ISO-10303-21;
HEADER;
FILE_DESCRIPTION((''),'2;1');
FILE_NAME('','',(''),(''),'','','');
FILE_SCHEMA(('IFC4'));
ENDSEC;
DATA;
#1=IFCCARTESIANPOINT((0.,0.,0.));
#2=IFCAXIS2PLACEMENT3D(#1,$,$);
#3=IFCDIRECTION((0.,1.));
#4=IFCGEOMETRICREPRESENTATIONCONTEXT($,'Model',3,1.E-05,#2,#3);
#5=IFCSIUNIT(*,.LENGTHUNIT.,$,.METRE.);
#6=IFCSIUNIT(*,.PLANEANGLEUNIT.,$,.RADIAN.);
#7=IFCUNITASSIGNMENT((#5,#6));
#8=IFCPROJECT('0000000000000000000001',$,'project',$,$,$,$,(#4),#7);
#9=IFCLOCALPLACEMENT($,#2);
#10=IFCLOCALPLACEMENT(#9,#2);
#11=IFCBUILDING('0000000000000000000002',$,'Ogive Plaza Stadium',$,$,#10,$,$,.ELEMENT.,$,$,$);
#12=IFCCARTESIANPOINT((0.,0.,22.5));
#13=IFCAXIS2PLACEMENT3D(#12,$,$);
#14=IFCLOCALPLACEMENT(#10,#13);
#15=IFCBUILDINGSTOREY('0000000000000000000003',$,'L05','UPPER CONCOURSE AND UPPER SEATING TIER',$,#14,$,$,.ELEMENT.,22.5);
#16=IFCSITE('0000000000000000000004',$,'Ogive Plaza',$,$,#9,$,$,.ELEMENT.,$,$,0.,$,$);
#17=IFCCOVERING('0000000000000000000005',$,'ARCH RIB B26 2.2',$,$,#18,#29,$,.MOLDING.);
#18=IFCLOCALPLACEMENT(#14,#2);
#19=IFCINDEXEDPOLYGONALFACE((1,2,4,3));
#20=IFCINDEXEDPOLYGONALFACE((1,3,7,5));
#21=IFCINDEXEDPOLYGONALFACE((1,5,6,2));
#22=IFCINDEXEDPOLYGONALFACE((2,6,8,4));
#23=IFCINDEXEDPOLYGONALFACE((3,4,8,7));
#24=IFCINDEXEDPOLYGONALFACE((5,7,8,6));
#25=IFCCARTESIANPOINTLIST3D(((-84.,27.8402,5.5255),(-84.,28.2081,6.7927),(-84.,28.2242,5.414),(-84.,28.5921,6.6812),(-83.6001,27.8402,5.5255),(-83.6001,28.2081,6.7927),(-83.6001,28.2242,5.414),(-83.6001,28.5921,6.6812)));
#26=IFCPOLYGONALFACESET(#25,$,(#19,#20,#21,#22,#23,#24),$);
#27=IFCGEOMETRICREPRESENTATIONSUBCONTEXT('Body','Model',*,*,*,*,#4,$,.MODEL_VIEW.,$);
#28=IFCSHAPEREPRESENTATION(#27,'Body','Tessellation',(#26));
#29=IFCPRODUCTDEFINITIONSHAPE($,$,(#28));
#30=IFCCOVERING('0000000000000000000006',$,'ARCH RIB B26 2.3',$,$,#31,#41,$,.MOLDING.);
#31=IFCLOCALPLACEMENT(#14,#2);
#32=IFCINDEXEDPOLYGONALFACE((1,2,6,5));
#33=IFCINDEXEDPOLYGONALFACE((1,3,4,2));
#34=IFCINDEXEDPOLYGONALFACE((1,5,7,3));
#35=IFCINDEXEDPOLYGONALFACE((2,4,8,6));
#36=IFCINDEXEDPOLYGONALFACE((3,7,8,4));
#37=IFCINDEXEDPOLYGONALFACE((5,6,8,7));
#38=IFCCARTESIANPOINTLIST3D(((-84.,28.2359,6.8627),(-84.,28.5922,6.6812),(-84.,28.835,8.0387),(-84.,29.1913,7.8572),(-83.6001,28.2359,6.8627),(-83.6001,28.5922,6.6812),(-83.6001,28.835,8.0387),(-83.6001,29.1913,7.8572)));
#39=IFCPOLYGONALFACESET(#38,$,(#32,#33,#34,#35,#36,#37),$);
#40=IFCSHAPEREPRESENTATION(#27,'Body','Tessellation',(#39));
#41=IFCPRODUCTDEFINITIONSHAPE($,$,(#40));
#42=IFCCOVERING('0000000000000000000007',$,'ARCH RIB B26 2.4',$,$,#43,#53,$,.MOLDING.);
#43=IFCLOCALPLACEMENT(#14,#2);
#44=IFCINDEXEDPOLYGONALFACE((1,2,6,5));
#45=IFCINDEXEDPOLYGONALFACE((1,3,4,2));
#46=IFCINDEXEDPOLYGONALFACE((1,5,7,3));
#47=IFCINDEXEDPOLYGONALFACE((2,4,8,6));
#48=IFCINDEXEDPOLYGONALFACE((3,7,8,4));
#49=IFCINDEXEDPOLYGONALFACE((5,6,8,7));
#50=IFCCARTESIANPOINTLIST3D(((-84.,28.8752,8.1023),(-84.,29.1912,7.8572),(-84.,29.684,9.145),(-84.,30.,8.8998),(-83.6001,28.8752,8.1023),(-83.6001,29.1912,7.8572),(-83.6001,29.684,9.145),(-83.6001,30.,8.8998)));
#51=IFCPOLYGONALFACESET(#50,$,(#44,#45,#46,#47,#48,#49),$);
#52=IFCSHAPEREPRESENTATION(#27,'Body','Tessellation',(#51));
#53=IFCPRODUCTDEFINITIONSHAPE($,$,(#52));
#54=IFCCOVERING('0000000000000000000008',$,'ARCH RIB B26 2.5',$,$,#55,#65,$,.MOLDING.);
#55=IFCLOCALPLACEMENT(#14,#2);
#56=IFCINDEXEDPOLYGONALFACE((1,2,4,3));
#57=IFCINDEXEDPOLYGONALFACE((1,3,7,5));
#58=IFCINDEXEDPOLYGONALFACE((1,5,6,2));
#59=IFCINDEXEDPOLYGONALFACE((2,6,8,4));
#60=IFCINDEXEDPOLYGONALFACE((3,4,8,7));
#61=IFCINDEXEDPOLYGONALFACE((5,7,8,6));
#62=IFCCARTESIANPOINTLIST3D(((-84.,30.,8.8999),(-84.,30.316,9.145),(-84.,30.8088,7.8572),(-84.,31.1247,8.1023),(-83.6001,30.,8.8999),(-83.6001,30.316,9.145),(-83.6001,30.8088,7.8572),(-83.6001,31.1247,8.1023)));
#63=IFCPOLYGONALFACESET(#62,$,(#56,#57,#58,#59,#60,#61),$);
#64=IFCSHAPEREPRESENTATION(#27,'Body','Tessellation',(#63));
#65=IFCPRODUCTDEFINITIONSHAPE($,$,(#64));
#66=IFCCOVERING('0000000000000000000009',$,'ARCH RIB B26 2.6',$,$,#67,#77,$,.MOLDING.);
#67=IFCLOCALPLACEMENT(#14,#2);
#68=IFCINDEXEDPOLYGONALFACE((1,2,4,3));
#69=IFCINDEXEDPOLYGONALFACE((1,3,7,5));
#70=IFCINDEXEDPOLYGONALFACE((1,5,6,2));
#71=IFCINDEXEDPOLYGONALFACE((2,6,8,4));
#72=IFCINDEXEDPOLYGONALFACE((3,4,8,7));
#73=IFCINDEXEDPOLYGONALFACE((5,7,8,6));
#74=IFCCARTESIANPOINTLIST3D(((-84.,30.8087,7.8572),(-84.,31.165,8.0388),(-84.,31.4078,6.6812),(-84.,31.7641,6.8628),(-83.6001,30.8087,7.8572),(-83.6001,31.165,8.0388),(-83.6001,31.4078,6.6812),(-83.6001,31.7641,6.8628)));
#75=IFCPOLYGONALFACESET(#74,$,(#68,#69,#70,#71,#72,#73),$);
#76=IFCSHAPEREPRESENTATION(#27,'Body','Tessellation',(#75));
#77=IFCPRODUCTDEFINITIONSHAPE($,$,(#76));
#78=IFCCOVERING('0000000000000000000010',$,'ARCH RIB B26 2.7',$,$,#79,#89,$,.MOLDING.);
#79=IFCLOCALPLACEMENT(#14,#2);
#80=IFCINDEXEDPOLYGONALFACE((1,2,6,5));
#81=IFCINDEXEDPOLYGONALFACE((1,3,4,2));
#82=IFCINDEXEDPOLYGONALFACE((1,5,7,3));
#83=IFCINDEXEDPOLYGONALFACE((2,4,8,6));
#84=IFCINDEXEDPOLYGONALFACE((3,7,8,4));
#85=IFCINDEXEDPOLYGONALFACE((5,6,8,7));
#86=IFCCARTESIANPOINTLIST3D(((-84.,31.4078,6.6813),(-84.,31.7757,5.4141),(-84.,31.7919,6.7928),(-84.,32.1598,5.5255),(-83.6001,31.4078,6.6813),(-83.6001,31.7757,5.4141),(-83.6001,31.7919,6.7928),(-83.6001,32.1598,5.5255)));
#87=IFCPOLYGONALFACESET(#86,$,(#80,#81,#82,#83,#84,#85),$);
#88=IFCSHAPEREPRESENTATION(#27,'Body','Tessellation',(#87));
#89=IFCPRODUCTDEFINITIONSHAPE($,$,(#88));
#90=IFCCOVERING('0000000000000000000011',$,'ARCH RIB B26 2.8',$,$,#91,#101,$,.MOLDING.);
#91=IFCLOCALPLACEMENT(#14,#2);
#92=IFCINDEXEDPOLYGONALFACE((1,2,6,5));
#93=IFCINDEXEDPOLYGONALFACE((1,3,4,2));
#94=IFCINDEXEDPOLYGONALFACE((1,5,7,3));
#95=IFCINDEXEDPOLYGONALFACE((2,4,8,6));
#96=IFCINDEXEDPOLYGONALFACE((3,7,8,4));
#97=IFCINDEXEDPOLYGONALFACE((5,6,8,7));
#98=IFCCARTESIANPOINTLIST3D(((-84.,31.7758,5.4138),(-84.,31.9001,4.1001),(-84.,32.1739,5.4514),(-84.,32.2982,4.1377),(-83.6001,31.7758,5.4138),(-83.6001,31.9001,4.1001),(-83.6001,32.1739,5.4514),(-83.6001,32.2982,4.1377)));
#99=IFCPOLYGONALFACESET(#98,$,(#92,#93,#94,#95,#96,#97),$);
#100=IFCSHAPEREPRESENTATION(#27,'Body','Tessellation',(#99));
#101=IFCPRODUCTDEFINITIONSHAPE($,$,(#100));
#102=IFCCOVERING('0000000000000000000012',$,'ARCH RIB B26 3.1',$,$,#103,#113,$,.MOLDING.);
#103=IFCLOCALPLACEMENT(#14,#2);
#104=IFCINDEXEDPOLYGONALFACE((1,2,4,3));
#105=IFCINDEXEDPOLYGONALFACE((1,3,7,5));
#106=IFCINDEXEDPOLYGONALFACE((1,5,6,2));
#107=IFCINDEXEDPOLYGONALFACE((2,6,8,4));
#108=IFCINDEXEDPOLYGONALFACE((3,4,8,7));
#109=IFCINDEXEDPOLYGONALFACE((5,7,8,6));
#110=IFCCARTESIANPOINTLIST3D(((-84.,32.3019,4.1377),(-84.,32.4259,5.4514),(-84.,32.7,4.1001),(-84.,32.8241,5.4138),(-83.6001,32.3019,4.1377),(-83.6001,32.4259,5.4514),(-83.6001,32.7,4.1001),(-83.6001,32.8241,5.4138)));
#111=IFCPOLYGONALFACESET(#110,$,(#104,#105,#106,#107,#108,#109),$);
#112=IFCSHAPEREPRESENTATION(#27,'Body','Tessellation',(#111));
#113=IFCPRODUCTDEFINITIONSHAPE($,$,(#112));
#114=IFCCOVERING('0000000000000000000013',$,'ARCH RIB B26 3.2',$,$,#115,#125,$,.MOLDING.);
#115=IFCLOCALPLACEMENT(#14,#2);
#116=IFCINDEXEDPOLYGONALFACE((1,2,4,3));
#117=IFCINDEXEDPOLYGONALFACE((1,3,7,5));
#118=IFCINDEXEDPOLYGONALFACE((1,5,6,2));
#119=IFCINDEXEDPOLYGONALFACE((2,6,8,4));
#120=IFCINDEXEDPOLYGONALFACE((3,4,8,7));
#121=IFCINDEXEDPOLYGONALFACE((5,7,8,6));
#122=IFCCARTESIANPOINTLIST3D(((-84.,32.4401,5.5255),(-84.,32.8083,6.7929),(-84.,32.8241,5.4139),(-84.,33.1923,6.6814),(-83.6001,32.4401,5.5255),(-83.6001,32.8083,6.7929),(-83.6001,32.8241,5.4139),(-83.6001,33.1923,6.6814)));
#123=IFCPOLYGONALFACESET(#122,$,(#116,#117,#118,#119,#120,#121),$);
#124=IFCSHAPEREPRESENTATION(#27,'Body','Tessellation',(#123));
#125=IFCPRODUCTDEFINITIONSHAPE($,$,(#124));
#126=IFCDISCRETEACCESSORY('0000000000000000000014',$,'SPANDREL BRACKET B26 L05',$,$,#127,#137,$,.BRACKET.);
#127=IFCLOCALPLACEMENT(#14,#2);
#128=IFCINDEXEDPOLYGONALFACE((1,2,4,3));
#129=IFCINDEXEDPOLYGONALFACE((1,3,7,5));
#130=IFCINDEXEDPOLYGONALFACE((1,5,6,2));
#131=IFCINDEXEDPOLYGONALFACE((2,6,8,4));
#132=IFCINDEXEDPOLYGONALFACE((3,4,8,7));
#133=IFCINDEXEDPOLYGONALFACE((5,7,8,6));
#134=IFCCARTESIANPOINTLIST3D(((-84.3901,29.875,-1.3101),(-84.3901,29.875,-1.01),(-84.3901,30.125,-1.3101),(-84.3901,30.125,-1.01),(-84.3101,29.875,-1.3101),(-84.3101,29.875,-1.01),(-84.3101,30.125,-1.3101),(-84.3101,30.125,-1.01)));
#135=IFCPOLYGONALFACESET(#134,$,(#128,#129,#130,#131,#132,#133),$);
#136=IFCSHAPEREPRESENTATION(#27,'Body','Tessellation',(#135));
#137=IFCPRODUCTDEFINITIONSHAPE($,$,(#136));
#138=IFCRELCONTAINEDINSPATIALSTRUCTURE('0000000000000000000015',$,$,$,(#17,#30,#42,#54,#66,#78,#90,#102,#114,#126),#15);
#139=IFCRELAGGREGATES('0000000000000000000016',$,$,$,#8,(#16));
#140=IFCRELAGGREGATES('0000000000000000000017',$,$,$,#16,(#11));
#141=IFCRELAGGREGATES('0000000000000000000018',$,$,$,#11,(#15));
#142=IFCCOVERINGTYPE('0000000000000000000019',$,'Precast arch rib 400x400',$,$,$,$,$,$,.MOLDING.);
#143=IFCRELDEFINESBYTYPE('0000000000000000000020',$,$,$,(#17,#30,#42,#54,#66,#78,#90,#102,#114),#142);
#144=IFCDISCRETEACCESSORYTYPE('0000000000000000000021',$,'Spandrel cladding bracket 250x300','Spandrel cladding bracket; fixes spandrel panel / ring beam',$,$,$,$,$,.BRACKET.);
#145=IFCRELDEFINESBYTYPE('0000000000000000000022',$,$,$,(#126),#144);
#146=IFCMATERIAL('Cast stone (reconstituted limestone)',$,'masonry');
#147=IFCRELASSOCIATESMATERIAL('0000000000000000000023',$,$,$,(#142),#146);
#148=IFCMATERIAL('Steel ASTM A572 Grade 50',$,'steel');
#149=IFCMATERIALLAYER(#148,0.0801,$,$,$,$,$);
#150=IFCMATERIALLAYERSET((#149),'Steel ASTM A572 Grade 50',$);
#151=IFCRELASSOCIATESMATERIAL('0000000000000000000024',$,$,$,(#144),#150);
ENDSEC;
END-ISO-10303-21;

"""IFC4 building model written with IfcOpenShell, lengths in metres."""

from ifc_helpers import new_model, si_unit, direction, frame, origin, origin_2d, place, context, subcontext, project, spatial, rectangle, extrude, material, layer, layer_set, material_profile, profile_set, type_object, element, save


model = new_model("IFC4")

# Units and contexts
model_context = context("Model", 3, precision=1e-05, world=origin(), true_north=direction((0.0, 1.0)))
body_context = subcontext(model_context, "Body", "Model", "MODEL_VIEW")
ifc_project = project(units=[si_unit("LENGTHUNIT", "METRE"), si_unit("PLANEANGLEUNIT", "RADIAN")], contexts=[model_context])

# Site, building, storey
site_placement = place(None, origin())
site = spatial("IfcSite", under=ifc_project, at=site_placement, Name="Ogive Plaza", CompositionType="ELEMENT", RefElevation=0.0)
building_placement = place(site_placement, origin())
building = spatial("IfcBuilding", under=site, at=building_placement, Name="Ogive Plaza Stadium", CompositionType="ELEMENT")
storey_placement = place(building_placement, frame((0.0, 0.0, 22.5)))
storey = spatial("IfcBuildingStorey", under=building, at=storey_placement, Name="L05", Description="UPPER CONCOURSE AND UPPER SEATING TIER", CompositionType="ELEMENT", Elevation=22.5)

# Coverings
ifc_material_1 = material(Name="Cast stone (reconstituted limestone)", Category="masonry")
ifc_material_profile_1 = material_profile(ifc_material_1, rectangle(XDim=0.3999, YDim=0.3999, at=origin_2d()), Name="Cast stone 400x400")
ifc_profile_set_1 = profile_set([ifc_material_profile_1], Name="Cast stone (reconstituted limestone)")
covering_type = type_object("IfcCoveringType", Name="Precast arch rib 400x400", PredefinedType="MOLDING", material=ifc_profile_set_1)
for number, where, z_axis, x_axis, name in (
    (1, (-83.8, 28.0322, 5.4697), (0.0, 0.278799, 0.960349), (-1.0, 0.0, 0.0), "ARCH RIB B26 2.2"),
):
    element("IfcCovering", number, at=place(storey_placement, frame(where, z_axis=z_axis, x_axis=x_axis)), inside=storey, type_object=covering_type, Name=name, PredefinedType="MOLDING", context=body_context, shape_type="SweptSolid", body=[
        extrude(rectangle(XDim=0.3999, YDim=0.3999, at=origin_2d()), origin(), (0.0, 0.0, 1.0), 1.3196),
    ])
covering_1_placement = place(storey_placement, frame((-83.8, 28.4141, 6.772), z_axis=(0.0, 0.453934, 0.891035), x_axis=(-1.0, 0.0, 0.0)))
element("IfcCovering", 2, at=covering_1_placement, inside=storey, type_object=covering_type, Name="ARCH RIB B26 2.3", PredefinedType="MOLDING", context=body_context, shape_type="SweptSolid", body=[
    extrude(rectangle(XDim=0.3999, YDim=0.3999, at=origin_2d()), origin(), (0.0, 0.0, 1.0), 1.3198),
])
for number, where, z_axis, x_axis, name in (
    (3, (-83.8, 29.0332, 7.9797), (0.0, 0.612915, 0.790148), (-1.0, 0.0, 0.0), "ARCH RIB B26 2.4"),
    (4, (-83.8, 30.158, 9.0225), (0.0, 0.612915, -0.790148), (-1.0, 0.0, 0.0), "ARCH RIB B26 2.5"),
):
    element("IfcCovering", number, at=place(storey_placement, frame(where, z_axis=z_axis, x_axis=x_axis)), inside=storey, type_object=covering_type, Name=name, PredefinedType="MOLDING", context=body_context, shape_type="SweptSolid", body=[
        extrude(rectangle(XDim=0.3999, YDim=0.3999, at=origin_2d()), origin(), (0.0, 0.0, 1.0), 1.3196),
    ])
covering_2_placement = place(storey_placement, frame((-83.8, 30.9868, 7.948), z_axis=(0.0, 0.453934, -0.891035), x_axis=(-1.0, 0.0, 0.0)))
element("IfcCovering", 5, at=covering_2_placement, inside=storey, type_object=covering_type, Name="ARCH RIB B26 2.6", PredefinedType="MOLDING", context=body_context, shape_type="SweptSolid", body=[
    extrude(rectangle(XDim=0.3999, YDim=0.3999, at=origin_2d()), origin(), (0.0, 0.0, 1.0), 1.3198),
])
for number, where, z_axis, x_axis, name in (
    (6, (-83.8, 31.5999, 6.7371), (0.0, 0.278799, -0.960349), (-1.0, 0.0, 0.0), "ARCH RIB B26 2.7"),
    (7, (-83.8, 31.9749, 5.4326), (0.0, 0.094172, -0.995556), (-1.0, 0.0, 0.0), "ARCH RIB B26 2.8"),
    (8, (-83.8, 32.501, 4.1189), (0.0, 0.093988, 0.995573), (-1.0, 0.0, 0.0), "ARCH RIB B26 3.1"),
):
    element("IfcCovering", number, at=place(storey_placement, frame(where, z_axis=z_axis, x_axis=x_axis)), inside=storey, type_object=covering_type, Name=name, PredefinedType="MOLDING", context=body_context, shape_type="SweptSolid", body=[
        extrude(rectangle(XDim=0.3999, YDim=0.3999, at=origin_2d()), origin(), (0.0, 0.0, 1.0), 1.3196),
    ])
covering_3_placement = place(storey_placement, frame((-83.8, 32.6321, 5.4697), z_axis=(0.0, 0.27897, 0.9603), x_axis=(-1.0, 0.0, 0.0)))
element("IfcCovering", 9, at=covering_3_placement, inside=storey, type_object=covering_type, Name="ARCH RIB B26 3.2", PredefinedType="MOLDING", context=body_context, shape_type="SweptSolid", body=[
    extrude(rectangle(XDim=0.3999, YDim=0.3999, at=origin_2d()), origin(), (0.0, 0.0, 1.0), 1.3198),
])

# Discrete accessory
ifc_material_2 = material(Name="Steel ASTM A572 Grade 50", Category="steel")
ifc_layer_1 = layer(ifc_material_2, 0.0801)
ifc_layer_set_1 = layer_set([ifc_layer_1], Name="Steel ASTM A572 Grade 50")
discrete_accessory_type = type_object("IfcDiscreteAccessoryType", Name="Spandrel cladding bracket 250x300", Description="Spandrel cladding bracket; fixes spandrel panel / ring beam", PredefinedType="BRACKET", material=ifc_layer_set_1)
discrete_accessory_placement = place(storey_placement, frame((-84.3501, 30.0, -1.3101), z_axis=(0.0, 0.0, 1.0), x_axis=(0.0, 1.0, 0.0)))
element("IfcDiscreteAccessory", 10, at=discrete_accessory_placement, inside=storey, type_object=discrete_accessory_type, Name="SPANDREL BRACKET B26 L05", PredefinedType="BRACKET", context=body_context, shape_type="SweptSolid", body=[
    extrude(rectangle(XDim=0.25, YDim=0.0801, at=origin_2d()), origin(), (0.0, 0.0, 1.0), 0.3),
])

save(model, "model.ifc")
